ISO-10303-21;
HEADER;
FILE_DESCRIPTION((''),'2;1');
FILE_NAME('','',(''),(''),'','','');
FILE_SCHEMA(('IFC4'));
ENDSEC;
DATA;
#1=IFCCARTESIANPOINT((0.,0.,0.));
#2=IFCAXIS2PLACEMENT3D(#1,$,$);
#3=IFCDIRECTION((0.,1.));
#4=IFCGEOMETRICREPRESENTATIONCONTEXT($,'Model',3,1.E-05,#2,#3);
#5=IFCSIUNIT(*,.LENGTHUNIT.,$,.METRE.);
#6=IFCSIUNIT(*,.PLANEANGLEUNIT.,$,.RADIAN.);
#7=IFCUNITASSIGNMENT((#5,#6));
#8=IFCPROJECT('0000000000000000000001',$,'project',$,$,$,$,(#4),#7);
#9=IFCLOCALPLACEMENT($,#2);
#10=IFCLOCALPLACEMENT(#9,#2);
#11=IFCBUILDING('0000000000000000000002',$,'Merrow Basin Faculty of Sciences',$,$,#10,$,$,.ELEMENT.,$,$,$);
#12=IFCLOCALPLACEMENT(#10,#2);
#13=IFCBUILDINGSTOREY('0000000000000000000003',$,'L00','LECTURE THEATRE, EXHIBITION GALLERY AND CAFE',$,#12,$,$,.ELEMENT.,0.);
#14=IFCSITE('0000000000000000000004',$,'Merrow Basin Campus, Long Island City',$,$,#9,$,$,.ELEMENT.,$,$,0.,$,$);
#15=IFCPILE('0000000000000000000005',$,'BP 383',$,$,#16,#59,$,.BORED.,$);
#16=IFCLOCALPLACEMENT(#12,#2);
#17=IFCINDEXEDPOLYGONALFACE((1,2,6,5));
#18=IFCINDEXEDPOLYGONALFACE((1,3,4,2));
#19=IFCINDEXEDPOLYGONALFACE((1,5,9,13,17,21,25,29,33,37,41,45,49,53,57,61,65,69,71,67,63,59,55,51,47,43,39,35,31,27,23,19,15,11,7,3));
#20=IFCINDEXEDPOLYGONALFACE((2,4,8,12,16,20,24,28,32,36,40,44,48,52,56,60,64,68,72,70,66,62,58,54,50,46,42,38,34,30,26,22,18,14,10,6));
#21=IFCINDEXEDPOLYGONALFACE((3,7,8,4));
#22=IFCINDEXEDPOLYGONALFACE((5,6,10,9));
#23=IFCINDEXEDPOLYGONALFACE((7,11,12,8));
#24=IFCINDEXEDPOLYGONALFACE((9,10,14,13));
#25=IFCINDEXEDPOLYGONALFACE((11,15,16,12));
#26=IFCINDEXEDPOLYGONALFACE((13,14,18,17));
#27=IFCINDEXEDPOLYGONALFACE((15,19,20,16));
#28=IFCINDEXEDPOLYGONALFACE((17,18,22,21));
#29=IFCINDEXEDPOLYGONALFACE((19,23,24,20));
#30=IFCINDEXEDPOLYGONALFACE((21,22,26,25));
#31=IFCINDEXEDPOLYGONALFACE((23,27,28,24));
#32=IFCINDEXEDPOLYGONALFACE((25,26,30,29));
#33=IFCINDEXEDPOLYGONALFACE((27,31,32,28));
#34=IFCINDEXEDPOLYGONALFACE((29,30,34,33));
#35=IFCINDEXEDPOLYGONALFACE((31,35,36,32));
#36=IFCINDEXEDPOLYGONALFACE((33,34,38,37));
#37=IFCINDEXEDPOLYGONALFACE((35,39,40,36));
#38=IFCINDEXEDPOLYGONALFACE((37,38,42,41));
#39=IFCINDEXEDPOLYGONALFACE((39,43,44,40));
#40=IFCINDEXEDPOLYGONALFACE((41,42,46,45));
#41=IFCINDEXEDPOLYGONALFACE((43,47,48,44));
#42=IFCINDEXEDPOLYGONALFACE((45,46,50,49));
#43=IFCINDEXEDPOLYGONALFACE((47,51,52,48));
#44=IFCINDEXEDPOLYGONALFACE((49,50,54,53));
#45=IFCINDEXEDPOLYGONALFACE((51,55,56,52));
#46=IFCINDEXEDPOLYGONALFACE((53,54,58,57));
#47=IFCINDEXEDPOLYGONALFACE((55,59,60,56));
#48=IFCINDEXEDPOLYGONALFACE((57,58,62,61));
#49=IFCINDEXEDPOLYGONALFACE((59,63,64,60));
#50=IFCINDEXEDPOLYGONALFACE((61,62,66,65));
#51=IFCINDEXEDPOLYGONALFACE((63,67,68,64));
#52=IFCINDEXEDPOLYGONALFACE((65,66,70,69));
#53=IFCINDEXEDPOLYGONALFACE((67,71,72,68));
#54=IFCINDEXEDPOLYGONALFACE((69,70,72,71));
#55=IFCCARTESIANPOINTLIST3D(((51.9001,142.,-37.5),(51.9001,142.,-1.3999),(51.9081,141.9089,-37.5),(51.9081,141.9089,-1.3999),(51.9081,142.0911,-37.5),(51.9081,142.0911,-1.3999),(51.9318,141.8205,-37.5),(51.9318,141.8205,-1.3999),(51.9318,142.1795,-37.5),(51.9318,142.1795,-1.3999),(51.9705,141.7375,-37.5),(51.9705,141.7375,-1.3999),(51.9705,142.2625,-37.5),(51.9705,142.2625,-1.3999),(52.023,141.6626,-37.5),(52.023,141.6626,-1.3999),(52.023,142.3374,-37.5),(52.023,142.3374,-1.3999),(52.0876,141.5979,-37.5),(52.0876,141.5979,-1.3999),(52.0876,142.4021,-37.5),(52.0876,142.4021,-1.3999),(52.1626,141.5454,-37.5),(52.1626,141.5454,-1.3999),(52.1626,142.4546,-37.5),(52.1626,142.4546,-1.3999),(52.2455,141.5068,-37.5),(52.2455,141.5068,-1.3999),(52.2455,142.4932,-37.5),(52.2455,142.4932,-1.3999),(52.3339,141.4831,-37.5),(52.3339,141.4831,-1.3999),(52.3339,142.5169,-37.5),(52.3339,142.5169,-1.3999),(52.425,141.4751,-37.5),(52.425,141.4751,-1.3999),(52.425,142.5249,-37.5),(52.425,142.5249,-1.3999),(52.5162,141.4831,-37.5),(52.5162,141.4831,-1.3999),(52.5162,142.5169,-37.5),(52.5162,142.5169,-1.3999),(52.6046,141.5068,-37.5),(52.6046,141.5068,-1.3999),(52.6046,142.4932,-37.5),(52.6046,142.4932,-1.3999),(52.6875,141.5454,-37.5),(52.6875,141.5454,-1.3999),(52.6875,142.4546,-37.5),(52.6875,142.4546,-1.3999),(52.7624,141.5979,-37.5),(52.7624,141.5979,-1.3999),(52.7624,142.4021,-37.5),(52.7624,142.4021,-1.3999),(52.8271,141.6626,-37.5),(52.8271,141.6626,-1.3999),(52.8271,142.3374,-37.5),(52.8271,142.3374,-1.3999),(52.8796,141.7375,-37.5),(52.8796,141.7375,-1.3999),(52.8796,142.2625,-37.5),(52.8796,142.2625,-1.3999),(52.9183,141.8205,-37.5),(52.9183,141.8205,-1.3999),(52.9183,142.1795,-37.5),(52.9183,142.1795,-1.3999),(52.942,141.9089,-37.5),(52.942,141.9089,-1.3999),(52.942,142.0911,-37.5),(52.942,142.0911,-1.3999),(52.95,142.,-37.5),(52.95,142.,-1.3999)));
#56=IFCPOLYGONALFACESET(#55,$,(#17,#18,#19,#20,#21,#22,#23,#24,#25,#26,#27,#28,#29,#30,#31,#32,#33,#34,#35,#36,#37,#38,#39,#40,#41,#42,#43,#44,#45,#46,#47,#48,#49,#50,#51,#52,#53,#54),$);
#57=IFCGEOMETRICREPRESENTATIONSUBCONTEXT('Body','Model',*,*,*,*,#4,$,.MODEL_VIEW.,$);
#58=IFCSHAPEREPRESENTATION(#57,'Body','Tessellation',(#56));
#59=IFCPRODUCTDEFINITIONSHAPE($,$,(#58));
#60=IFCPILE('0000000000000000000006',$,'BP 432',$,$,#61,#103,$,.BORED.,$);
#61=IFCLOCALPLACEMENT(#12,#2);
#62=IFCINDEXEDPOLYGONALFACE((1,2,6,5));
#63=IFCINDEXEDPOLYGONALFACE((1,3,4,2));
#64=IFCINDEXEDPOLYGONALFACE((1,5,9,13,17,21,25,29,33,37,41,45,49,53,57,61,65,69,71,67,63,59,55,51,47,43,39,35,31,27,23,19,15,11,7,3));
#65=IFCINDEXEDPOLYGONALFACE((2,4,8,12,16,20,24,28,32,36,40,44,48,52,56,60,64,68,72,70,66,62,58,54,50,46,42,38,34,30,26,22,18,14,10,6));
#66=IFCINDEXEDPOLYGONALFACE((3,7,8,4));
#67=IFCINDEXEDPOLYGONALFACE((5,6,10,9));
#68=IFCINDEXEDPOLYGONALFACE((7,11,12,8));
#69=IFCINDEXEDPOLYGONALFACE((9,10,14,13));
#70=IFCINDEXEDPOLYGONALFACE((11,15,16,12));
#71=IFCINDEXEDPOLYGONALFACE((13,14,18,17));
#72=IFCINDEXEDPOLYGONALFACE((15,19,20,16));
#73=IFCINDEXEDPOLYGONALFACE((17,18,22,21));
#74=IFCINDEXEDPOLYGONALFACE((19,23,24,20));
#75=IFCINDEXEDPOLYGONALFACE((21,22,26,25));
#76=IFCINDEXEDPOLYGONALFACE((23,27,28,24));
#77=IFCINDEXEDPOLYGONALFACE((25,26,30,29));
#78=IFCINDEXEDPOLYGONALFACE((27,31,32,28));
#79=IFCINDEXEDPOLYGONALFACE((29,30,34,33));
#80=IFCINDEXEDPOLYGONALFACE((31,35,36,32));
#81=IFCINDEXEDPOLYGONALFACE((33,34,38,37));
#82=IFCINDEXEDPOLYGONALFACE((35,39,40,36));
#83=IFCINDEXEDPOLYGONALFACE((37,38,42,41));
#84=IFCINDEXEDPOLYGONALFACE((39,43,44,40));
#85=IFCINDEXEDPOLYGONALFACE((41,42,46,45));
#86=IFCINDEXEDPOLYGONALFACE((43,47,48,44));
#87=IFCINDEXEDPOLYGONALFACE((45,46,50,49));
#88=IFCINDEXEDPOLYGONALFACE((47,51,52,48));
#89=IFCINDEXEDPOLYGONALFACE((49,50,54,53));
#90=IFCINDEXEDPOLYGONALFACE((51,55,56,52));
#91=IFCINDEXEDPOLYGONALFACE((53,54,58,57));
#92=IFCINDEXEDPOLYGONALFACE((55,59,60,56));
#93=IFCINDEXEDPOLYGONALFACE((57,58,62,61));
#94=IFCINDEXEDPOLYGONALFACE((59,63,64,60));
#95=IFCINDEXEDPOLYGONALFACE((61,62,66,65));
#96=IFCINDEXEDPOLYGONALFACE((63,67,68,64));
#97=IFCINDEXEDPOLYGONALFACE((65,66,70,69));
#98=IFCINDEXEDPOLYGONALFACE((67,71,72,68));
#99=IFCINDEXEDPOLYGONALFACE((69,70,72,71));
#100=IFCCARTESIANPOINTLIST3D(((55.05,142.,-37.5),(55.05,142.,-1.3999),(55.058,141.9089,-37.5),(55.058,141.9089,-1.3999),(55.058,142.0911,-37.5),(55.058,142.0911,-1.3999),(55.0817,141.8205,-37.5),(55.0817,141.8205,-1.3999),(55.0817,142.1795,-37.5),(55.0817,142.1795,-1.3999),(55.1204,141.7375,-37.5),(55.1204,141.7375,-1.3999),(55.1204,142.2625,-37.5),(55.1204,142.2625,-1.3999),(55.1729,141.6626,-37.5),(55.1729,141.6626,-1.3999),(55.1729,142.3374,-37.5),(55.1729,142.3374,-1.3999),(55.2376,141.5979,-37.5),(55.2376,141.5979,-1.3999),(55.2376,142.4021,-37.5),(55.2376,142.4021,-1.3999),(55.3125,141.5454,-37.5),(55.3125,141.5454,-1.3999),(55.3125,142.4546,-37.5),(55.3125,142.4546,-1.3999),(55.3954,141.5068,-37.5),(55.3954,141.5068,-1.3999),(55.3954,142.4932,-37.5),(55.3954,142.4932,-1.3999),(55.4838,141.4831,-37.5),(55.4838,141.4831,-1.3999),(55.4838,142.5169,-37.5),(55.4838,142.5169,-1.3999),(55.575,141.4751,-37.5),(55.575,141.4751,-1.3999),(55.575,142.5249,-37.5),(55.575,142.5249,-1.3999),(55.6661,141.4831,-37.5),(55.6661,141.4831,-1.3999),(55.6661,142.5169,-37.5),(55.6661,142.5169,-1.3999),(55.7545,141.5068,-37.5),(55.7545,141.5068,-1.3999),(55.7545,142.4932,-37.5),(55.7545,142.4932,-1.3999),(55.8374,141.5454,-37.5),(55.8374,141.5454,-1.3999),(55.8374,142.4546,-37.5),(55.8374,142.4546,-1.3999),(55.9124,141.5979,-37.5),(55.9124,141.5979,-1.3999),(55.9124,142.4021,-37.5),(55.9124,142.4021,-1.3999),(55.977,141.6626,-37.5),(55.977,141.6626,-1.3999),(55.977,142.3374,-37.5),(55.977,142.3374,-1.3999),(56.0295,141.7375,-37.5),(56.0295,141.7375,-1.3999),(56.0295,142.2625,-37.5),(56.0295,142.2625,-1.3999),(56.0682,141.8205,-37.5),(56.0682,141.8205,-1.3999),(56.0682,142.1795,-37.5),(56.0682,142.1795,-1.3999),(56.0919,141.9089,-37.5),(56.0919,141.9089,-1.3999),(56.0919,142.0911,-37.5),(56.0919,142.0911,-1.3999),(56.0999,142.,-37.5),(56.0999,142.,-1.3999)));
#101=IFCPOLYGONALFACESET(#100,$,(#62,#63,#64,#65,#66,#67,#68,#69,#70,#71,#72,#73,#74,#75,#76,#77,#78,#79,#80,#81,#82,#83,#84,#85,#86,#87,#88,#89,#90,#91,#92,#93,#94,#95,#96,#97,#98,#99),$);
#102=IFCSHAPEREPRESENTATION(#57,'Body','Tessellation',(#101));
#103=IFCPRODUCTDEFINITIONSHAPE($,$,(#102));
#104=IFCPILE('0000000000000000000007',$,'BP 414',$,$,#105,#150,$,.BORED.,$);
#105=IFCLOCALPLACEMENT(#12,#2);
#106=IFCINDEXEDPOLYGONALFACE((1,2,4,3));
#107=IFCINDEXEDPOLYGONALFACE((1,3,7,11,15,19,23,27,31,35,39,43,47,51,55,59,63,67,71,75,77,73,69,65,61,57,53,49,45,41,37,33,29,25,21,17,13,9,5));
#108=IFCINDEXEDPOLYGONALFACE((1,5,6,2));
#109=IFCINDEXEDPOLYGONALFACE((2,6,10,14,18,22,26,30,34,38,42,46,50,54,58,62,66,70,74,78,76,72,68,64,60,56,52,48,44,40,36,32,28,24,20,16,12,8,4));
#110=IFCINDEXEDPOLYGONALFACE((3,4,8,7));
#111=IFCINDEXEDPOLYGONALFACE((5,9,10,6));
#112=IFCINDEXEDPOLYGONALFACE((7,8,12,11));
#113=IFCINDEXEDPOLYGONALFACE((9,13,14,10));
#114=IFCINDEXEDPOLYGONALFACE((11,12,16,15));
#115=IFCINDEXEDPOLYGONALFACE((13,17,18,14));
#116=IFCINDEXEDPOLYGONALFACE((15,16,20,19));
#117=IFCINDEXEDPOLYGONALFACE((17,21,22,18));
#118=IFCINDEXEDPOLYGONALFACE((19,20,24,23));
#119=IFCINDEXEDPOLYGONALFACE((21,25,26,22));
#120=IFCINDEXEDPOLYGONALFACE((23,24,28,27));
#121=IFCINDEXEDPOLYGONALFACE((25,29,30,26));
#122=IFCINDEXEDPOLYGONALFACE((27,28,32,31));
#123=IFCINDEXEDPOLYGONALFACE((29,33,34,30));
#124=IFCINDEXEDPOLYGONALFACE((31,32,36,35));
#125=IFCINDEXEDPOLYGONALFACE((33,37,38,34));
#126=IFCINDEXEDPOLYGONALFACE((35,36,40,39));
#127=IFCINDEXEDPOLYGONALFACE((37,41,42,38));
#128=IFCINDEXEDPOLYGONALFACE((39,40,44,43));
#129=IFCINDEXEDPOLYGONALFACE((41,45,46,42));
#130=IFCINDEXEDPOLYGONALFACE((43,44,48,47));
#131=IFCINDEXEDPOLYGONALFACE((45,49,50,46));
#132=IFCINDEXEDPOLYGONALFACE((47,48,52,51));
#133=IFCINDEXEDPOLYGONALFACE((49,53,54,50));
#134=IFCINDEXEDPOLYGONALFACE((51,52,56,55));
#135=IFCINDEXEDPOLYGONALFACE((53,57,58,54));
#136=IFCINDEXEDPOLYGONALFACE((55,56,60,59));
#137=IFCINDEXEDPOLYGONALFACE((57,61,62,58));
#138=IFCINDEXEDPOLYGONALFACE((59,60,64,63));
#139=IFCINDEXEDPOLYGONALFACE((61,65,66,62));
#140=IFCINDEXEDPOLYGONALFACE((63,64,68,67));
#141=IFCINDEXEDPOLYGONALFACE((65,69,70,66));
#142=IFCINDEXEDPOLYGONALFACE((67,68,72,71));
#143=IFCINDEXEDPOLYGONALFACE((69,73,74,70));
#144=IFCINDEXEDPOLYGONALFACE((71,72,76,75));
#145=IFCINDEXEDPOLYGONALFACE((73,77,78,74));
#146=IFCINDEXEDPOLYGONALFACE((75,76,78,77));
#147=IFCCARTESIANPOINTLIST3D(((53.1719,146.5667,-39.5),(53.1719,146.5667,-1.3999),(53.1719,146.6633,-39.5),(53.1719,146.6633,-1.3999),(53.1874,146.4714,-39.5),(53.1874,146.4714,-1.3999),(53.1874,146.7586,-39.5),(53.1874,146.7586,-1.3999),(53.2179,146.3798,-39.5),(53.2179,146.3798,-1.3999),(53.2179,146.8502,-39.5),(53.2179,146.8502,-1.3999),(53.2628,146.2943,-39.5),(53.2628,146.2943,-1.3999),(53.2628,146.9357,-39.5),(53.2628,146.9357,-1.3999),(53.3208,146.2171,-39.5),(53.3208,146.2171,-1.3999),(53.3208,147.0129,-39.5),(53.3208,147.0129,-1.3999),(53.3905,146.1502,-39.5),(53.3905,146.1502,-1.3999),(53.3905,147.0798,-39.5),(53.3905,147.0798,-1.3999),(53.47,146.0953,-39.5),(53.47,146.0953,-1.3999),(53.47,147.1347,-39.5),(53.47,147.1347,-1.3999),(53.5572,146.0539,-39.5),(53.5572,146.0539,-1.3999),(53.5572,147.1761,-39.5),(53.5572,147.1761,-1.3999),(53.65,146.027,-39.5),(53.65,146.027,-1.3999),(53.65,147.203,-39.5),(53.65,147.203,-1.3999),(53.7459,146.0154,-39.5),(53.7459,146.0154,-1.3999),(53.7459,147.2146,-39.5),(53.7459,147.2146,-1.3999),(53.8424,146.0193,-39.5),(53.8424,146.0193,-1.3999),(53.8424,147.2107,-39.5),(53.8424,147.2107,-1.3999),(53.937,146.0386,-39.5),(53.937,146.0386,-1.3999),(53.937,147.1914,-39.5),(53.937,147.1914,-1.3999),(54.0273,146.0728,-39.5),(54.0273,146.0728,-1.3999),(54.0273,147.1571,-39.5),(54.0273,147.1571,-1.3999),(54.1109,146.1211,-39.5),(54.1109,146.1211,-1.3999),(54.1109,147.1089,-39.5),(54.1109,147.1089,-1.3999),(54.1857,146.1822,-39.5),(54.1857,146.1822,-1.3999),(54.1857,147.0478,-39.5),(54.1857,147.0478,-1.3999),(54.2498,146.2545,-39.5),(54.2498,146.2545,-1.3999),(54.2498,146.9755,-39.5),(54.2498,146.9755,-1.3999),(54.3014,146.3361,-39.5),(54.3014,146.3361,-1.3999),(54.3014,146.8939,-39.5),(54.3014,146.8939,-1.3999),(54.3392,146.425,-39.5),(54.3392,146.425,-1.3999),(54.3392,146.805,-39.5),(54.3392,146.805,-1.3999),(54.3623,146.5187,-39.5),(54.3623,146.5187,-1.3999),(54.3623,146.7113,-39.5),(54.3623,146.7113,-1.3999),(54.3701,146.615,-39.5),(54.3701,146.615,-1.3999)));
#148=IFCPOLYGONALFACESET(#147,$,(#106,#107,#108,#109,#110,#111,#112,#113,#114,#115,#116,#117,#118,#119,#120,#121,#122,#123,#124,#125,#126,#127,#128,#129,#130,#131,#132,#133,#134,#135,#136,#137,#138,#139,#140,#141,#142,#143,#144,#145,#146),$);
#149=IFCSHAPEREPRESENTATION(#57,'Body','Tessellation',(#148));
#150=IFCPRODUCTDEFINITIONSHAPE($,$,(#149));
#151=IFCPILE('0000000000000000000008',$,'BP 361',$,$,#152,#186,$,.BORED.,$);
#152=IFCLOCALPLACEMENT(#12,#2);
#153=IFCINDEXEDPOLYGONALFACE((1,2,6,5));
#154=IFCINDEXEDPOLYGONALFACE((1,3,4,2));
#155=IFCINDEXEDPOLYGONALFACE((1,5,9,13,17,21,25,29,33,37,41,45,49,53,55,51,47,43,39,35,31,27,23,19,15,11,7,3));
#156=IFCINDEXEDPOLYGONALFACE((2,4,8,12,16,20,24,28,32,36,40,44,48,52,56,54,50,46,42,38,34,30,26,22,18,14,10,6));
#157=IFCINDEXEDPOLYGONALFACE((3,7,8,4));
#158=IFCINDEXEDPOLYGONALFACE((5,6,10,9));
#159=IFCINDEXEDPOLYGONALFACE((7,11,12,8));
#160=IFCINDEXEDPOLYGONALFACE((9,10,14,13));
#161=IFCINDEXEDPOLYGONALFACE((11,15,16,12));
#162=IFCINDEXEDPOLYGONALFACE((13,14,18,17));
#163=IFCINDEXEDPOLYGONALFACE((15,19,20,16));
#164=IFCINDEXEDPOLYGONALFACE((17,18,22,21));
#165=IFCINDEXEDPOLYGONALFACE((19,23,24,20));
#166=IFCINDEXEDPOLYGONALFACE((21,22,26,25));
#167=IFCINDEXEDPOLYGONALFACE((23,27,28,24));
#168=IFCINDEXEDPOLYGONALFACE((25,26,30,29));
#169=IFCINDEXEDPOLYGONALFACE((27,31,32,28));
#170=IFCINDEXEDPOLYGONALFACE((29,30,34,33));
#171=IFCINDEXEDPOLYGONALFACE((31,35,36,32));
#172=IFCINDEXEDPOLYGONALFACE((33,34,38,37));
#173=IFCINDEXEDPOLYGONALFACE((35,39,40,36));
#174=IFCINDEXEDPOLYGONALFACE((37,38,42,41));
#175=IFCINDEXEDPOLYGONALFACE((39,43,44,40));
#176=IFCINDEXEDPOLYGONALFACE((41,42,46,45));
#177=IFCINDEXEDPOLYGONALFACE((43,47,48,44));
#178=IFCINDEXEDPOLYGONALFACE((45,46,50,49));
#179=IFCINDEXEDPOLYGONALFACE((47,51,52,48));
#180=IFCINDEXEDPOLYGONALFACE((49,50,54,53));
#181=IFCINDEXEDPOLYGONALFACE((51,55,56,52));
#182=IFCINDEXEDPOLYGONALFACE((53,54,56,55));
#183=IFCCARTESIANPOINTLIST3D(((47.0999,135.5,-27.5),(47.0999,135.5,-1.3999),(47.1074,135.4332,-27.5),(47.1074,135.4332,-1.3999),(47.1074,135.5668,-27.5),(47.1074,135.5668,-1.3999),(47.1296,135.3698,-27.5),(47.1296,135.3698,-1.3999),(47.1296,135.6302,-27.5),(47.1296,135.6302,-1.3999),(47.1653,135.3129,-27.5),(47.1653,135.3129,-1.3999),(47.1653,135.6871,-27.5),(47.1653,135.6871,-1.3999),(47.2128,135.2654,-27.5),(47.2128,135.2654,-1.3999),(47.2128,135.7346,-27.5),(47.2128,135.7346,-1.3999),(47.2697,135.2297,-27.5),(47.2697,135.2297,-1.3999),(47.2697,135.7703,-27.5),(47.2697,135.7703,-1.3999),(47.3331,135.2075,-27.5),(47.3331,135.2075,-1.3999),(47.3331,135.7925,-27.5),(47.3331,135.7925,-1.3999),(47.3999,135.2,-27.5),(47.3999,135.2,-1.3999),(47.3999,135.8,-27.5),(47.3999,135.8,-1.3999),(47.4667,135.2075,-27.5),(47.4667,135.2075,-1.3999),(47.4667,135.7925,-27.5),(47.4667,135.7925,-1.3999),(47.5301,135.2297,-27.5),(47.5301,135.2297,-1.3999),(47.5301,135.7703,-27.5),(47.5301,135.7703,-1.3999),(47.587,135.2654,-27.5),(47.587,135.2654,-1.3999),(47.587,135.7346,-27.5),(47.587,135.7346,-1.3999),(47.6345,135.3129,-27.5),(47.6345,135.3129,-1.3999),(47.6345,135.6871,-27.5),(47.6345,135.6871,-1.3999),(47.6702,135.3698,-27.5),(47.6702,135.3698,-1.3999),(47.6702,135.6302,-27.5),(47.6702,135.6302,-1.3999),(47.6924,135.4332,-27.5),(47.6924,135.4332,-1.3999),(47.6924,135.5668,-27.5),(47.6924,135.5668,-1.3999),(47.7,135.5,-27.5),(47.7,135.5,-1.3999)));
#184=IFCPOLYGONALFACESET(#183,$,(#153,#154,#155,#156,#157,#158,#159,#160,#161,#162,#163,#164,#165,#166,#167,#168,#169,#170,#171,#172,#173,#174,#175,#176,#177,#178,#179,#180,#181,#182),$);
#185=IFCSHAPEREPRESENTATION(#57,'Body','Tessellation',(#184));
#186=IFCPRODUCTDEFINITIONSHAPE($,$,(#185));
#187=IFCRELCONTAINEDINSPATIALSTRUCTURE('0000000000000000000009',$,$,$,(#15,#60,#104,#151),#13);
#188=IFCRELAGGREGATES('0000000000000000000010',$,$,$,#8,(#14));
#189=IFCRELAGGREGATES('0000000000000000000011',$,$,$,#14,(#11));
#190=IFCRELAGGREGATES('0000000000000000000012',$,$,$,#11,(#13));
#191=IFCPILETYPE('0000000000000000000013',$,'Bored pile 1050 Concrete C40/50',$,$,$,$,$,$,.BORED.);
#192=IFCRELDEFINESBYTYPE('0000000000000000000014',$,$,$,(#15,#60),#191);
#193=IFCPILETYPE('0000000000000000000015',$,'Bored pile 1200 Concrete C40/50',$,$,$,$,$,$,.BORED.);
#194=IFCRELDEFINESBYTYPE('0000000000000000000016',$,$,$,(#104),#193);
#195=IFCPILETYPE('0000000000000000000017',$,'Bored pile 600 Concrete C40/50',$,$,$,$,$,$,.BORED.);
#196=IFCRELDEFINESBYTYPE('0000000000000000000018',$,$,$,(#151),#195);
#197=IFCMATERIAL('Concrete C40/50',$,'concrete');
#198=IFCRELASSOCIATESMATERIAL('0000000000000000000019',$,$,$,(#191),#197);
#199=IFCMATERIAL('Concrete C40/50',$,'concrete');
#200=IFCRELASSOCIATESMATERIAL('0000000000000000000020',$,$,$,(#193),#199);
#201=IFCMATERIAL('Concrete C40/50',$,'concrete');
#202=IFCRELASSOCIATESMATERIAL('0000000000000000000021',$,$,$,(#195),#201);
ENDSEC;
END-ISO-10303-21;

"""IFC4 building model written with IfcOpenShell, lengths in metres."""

from ifc_helpers import new_model, si_unit, direction, frame, origin, origin_2d, place, context, subcontext, project, spatial, circle, extrude, material, material_profile, profile_set, type_object, element, save


model = new_model("IFC4")

# Units and contexts
model_context = context("Model", 3, precision=1e-05, world=origin(), true_north=direction((0.0, 1.0)))
body_context = subcontext(model_context, "Body", "Model", "MODEL_VIEW")
ifc_project = project(units=[si_unit("LENGTHUNIT", "METRE"), si_unit("PLANEANGLEUNIT", "RADIAN")], contexts=[model_context])

# Site, building, storey
site_placement = place(None, origin())
site = spatial("IfcSite", under=ifc_project, at=site_placement, Name="Merrow Basin Campus, Long Island City", CompositionType="ELEMENT", RefElevation=0.0)
building_placement = place(site_placement, origin())
building = spatial("IfcBuilding", under=site, at=building_placement, Name="Merrow Basin Faculty of Sciences", CompositionType="ELEMENT")
storey_placement = place(building_placement, origin())
storey = spatial("IfcBuildingStorey", under=building, at=storey_placement, Name="L00", Description="LECTURE THEATRE, EXHIBITION GALLERY AND CAFE", CompositionType="ELEMENT", Elevation=0.0)

# Piles
ifc_material_1 = material(Name="Concrete C40/50", Category="concrete")
ifc_material_profile_1 = material_profile(ifc_material_1, circle(Radius=0.5249, at=origin_2d()))
ifc_profile_set_1 = profile_set([ifc_material_profile_1], Name="Concrete C40/50")
pile_type_1 = type_object("IfcPileType", Name="Bored pile 1050 Concrete C40/50", PredefinedType="BORED", material=ifc_profile_set_1)
for number, where, z_axis, x_axis, name in (
    (1, (52.425, 142.0, -1.3999), (0.0, 0.0, -1.0), (1.0, 0.0, 0.0), "BP 383"),
    (2, (55.575, 142.0, -1.3999), (0.0, 0.0, -1.0), (1.0, 0.0, 0.0), "BP 432"),
):
    element("IfcPile", number, at=place(storey_placement, frame(where, z_axis=z_axis, x_axis=x_axis)), inside=storey, type_object=pile_type_1, Name=name, PredefinedType="BORED", context=body_context, shape_type="SweptSolid", body=[
        extrude(circle(Radius=0.5249, at=origin_2d()), origin(), (0.0, 0.0, 1.0), 36.1001),
    ])
ifc_material_2 = material(Name="Concrete C40/50", Category="concrete")
ifc_material_profile_2 = material_profile(ifc_material_2, circle(Radius=0.6001, at=origin_2d()))
ifc_profile_set_2 = profile_set([ifc_material_profile_2], Name="Concrete C40/50")
pile_type_2 = type_object("IfcPileType", Name="Bored pile 1200 Concrete C40/50", PredefinedType="BORED", material=ifc_profile_set_2)
pile_placement = place(storey_placement, frame((53.77, 146.615, -1.3999), z_axis=(0.0, 0.0, -1.0), x_axis=(1.0, 0.0, 0.0)))
element("IfcPile", 3, at=pile_placement, inside=storey, type_object=pile_type_2, Name="BP 414", PredefinedType="BORED", context=body_context, shape_type="SweptSolid", body=[
    extrude(circle(Radius=0.6001, at=origin_2d()), origin(), (0.0, 0.0, 1.0), 38.1001),
])
ifc_material_3 = material(Name="Concrete C40/50", Category="concrete")
ifc_material_profile_3 = material_profile(ifc_material_3, circle(Radius=0.3, at=origin_2d()))
ifc_profile_set_3 = profile_set([ifc_material_profile_3], Name="Concrete C40/50")
pile_type_3 = type_object("IfcPileType", Name="Bored pile 600 Concrete C40/50", PredefinedType="BORED", material=ifc_profile_set_3)
for number, where, z_axis, x_axis, name in (
    (4, (47.3999, 135.5, -1.3999), (0.0, 0.0, -1.0), (1.0, 0.0, 0.0), "BP 361"),
):
    element("IfcPile", number, at=place(storey_placement, frame(where, z_axis=z_axis, x_axis=x_axis)), inside=storey, type_object=pile_type_3, Name=name, PredefinedType="BORED", context=body_context, shape_type="SweptSolid", body=[
        extrude(circle(Radius=0.3, at=origin_2d()), origin(), (0.0, 0.0, 1.0), 26.1001),
    ])

save(model, "model.ifc")
